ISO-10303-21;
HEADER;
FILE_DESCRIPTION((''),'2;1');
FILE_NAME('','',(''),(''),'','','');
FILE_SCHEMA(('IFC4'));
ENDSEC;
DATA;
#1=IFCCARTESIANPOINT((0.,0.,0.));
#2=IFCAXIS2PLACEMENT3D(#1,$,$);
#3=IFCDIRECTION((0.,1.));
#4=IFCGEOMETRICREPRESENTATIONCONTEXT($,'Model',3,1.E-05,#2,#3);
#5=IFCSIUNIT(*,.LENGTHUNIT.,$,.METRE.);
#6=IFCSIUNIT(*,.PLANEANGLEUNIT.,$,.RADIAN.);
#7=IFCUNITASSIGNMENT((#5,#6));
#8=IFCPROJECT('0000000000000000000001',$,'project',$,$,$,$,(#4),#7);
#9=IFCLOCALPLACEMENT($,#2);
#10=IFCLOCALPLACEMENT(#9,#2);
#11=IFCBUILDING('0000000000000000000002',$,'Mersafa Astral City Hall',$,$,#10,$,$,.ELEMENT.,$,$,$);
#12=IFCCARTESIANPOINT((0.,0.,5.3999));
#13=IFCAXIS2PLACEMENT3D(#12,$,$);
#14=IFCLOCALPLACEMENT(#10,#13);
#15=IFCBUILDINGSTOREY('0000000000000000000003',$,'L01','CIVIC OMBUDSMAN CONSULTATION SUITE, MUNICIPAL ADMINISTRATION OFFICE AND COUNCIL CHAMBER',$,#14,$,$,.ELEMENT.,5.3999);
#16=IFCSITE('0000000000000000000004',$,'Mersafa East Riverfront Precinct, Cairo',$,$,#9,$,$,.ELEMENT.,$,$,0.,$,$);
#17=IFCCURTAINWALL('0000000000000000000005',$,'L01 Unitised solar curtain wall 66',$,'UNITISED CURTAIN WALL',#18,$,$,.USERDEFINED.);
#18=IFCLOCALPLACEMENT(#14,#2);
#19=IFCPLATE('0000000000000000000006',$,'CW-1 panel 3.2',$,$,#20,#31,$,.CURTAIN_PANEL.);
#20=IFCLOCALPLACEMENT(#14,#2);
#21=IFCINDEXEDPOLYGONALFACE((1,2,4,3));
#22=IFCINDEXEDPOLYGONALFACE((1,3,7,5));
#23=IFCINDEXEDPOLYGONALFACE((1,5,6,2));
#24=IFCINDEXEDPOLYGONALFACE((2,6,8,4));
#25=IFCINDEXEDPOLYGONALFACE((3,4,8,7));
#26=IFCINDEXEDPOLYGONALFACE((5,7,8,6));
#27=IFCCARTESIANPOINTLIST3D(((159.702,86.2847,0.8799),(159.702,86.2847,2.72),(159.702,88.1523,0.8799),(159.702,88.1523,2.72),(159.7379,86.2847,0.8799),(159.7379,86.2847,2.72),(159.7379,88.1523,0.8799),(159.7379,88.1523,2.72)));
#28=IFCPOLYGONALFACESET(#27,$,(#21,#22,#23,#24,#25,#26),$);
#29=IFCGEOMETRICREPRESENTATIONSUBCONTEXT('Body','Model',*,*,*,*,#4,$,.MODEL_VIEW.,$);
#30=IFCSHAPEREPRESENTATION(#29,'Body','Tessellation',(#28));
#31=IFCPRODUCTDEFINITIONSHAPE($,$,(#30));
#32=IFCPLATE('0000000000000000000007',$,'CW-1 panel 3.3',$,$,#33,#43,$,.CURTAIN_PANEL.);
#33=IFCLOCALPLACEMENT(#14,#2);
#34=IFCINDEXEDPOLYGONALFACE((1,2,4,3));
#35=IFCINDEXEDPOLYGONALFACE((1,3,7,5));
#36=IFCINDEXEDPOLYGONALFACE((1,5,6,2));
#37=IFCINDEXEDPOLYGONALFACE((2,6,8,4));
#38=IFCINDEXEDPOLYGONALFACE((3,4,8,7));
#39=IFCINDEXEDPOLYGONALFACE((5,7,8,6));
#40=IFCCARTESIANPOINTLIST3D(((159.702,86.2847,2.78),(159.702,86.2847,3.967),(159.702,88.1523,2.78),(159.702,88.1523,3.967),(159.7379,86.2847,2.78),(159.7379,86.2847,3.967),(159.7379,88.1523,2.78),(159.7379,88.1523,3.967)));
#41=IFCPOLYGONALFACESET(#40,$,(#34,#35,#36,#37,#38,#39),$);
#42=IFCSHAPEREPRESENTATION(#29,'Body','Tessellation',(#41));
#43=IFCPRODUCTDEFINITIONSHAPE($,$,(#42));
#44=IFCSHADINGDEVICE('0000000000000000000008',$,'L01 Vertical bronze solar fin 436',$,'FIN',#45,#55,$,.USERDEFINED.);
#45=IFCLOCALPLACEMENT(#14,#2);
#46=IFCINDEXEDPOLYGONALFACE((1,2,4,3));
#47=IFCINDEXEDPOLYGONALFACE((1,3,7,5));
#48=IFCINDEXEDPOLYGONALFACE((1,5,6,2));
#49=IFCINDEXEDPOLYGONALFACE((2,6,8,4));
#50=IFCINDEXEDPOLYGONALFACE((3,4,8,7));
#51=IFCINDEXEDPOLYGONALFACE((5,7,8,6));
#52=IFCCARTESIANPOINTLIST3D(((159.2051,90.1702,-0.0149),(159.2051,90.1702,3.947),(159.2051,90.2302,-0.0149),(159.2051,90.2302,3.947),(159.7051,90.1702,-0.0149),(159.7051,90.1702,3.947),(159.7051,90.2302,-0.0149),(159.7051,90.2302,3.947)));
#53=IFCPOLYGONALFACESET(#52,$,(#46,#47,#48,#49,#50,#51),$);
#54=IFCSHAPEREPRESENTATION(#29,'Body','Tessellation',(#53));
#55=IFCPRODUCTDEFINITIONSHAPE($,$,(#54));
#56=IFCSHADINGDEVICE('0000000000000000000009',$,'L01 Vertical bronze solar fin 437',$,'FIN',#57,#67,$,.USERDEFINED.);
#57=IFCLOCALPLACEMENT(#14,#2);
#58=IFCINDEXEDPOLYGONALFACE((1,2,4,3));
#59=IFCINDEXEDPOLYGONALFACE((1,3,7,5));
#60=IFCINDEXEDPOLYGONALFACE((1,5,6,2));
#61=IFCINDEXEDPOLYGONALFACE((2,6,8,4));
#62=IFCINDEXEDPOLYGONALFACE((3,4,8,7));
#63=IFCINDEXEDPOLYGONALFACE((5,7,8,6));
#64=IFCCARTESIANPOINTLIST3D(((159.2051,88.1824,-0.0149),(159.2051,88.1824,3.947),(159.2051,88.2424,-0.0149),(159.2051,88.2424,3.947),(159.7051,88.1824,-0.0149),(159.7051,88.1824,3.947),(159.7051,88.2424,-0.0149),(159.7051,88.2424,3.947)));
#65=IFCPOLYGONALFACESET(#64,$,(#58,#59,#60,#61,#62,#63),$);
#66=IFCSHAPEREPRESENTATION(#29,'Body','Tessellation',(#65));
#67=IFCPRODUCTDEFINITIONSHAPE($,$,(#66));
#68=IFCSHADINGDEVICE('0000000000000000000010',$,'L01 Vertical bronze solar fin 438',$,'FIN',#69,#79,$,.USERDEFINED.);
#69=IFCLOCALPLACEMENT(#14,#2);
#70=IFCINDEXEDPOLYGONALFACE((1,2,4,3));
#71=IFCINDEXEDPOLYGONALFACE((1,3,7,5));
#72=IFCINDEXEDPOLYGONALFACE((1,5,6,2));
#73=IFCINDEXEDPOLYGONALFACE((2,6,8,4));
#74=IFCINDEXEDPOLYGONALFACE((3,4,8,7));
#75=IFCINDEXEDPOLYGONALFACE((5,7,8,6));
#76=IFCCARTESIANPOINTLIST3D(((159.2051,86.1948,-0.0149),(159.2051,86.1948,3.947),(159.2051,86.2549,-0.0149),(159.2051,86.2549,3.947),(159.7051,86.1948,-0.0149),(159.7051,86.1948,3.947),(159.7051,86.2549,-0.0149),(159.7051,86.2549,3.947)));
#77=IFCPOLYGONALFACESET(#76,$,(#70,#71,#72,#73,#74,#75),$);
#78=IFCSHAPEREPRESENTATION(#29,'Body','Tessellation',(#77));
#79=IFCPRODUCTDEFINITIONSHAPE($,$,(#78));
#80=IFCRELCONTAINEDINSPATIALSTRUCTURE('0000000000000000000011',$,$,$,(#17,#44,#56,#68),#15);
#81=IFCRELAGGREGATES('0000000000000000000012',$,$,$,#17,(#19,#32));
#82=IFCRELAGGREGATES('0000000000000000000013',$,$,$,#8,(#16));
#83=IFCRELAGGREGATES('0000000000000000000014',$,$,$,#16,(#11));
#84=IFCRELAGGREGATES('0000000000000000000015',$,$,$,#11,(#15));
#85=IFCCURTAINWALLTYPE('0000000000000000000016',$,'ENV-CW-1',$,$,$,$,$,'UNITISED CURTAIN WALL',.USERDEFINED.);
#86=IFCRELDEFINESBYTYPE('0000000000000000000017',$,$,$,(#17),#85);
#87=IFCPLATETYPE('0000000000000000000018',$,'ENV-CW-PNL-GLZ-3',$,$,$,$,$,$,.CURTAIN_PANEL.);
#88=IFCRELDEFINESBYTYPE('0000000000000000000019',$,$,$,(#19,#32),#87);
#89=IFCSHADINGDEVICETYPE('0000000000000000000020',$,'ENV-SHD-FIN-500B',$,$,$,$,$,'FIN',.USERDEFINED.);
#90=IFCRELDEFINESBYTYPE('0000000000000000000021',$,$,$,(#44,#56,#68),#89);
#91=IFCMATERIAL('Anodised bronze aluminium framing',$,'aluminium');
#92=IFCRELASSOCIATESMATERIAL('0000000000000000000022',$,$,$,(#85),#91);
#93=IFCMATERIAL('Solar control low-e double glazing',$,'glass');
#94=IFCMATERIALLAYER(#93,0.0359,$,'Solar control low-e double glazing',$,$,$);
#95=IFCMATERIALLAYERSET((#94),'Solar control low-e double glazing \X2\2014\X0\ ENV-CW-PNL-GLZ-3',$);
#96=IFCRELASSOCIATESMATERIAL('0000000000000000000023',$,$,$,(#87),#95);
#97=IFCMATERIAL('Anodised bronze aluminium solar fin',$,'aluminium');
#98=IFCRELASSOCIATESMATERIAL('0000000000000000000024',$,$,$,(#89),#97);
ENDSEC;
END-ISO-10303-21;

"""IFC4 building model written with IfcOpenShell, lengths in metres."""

from ifc_helpers import new_model, si_unit, direction, frame, origin, origin_2d, place, context, subcontext, project, spatial, rectangle, extrude, material, layer, layer_set, type_object, element, aggregate, save


model = new_model("IFC4")

# Units and contexts
model_context = context("Model", 3, precision=1e-05, world=origin(), true_north=direction((0.0, 1.0)))
body_context = subcontext(model_context, "Body", "Model", "MODEL_VIEW")
ifc_project = project(units=[si_unit("LENGTHUNIT", "METRE"), si_unit("PLANEANGLEUNIT", "RADIAN")], contexts=[model_context])

# Site, building, storey
site_placement = place(None, origin())
site = spatial("IfcSite", under=ifc_project, at=site_placement, Name="Mersafa East Riverfront Precinct, Cairo", CompositionType="ELEMENT", RefElevation=0.0)
building_placement = place(site_placement, origin())
building = spatial("IfcBuilding", under=site, at=building_placement, Name="Mersafa Astral City Hall", CompositionType="ELEMENT")
storey_placement = place(building_placement, frame((0.0, 0.0, 5.3999)))
storey = spatial("IfcBuildingStorey", under=building, at=storey_placement, Name="L01", Description="CIVIC OMBUDSMAN CONSULTATION SUITE, MUNICIPAL ADMINISTRATION OFFICE AND COUNCIL CHAMBER", CompositionType="ELEMENT", Elevation=5.3999)

# Curtain wall, plates
ifc_material_1 = material(Name="Anodised bronze aluminium framing", Category="aluminium")
curtain_wall_type = type_object("IfcCurtainWallType", Name="ENV-CW-1", ElementType="UNITISED CURTAIN WALL", PredefinedType="USERDEFINED", material=ifc_material_1)
curtain_wall_placement = place(storey_placement, origin())
curtain_wall = element("IfcCurtainWall", 1, at=curtain_wall_placement, inside=storey, type_object=curtain_wall_type, Name="L01 Unitised solar curtain wall 66", ObjectType="UNITISED CURTAIN WALL", PredefinedType="USERDEFINED")
ifc_material_2 = material(Name="Solar control low-e double glazing", Category="glass")
ifc_layer = layer(ifc_material_2, 0.0359, Name="Solar control low-e double glazing")
ifc_layer_set = layer_set([ifc_layer], Name="Solar control low-e double glazing — ENV-CW-PNL-GLZ-3")
plate_type = type_object("IfcPlateType", Name="ENV-CW-PNL-GLZ-3", PredefinedType="CURTAIN_PANEL", material=ifc_layer_set)
plate_1_placement = place(storey_placement, frame((159.72, 87.2185, 0.8799), z_axis=(0.0, 0.0, 1.0), x_axis=(0.0, -1.0, 0.0)))
plate_1 = element("IfcPlate", 2, at=plate_1_placement, type_object=plate_type, Name="CW-1 panel 3.2", PredefinedType="CURTAIN_PANEL", context=body_context, shape_type="SweptSolid", body=[
    extrude(rectangle(XDim=1.8677, YDim=0.0359, at=origin_2d()), origin(), (0.0, 0.0, 1.0), 1.8401),
])
plate_2_placement = place(storey_placement, frame((159.72, 87.2185, 2.78), z_axis=(0.0, 0.0, 1.0), x_axis=(0.0, -1.0, 0.0)))
plate_2 = element("IfcPlate", 3, at=plate_2_placement, type_object=plate_type, Name="CW-1 panel 3.3", PredefinedType="CURTAIN_PANEL", context=body_context, shape_type="SweptSolid", body=[
    extrude(rectangle(XDim=1.8677, YDim=0.0359, at=origin_2d()), origin(), (0.0, 0.0, 1.0), 1.187),
])
aggregate(curtain_wall, [plate_1, plate_2])

# Shading devices
ifc_material_3 = material(Name="Anodised bronze aluminium solar fin", Category="aluminium")
shading_device_type = type_object("IfcShadingDeviceType", Name="ENV-SHD-FIN-500B", ElementType="FIN", PredefinedType="USERDEFINED", material=ifc_material_3)
for number, where, z_axis, x_axis, name in (
    (4, (159.4551, 90.2002, -0.0149), (0.0, 0.0, 1.0), (0.0, -1.0, 0.0), "L01 Vertical bronze solar fin 436"),
    (5, (159.4551, 88.2124, -0.0149), (0.0, 0.0, 1.0), (0.0, -1.0, 0.0), "L01 Vertical bronze solar fin 437"),
    (6, (159.4551, 86.2249, -0.0149), (0.0, 0.0, 1.0), (0.0, -1.0, 0.0), "L01 Vertical bronze solar fin 438"),
):
    element("IfcShadingDevice", number, at=place(storey_placement, frame(where, z_axis=z_axis, x_axis=x_axis)), inside=storey, type_object=shading_device_type, Name=name, ObjectType="FIN", PredefinedType="USERDEFINED", context=body_context, shape_type="SweptSolid", body=[
        extrude(rectangle(XDim=0.0601, YDim=0.5, at=origin_2d()), origin(), (0.0, 0.0, 1.0), 3.9619),
    ])

save(model, "model.ifc")
